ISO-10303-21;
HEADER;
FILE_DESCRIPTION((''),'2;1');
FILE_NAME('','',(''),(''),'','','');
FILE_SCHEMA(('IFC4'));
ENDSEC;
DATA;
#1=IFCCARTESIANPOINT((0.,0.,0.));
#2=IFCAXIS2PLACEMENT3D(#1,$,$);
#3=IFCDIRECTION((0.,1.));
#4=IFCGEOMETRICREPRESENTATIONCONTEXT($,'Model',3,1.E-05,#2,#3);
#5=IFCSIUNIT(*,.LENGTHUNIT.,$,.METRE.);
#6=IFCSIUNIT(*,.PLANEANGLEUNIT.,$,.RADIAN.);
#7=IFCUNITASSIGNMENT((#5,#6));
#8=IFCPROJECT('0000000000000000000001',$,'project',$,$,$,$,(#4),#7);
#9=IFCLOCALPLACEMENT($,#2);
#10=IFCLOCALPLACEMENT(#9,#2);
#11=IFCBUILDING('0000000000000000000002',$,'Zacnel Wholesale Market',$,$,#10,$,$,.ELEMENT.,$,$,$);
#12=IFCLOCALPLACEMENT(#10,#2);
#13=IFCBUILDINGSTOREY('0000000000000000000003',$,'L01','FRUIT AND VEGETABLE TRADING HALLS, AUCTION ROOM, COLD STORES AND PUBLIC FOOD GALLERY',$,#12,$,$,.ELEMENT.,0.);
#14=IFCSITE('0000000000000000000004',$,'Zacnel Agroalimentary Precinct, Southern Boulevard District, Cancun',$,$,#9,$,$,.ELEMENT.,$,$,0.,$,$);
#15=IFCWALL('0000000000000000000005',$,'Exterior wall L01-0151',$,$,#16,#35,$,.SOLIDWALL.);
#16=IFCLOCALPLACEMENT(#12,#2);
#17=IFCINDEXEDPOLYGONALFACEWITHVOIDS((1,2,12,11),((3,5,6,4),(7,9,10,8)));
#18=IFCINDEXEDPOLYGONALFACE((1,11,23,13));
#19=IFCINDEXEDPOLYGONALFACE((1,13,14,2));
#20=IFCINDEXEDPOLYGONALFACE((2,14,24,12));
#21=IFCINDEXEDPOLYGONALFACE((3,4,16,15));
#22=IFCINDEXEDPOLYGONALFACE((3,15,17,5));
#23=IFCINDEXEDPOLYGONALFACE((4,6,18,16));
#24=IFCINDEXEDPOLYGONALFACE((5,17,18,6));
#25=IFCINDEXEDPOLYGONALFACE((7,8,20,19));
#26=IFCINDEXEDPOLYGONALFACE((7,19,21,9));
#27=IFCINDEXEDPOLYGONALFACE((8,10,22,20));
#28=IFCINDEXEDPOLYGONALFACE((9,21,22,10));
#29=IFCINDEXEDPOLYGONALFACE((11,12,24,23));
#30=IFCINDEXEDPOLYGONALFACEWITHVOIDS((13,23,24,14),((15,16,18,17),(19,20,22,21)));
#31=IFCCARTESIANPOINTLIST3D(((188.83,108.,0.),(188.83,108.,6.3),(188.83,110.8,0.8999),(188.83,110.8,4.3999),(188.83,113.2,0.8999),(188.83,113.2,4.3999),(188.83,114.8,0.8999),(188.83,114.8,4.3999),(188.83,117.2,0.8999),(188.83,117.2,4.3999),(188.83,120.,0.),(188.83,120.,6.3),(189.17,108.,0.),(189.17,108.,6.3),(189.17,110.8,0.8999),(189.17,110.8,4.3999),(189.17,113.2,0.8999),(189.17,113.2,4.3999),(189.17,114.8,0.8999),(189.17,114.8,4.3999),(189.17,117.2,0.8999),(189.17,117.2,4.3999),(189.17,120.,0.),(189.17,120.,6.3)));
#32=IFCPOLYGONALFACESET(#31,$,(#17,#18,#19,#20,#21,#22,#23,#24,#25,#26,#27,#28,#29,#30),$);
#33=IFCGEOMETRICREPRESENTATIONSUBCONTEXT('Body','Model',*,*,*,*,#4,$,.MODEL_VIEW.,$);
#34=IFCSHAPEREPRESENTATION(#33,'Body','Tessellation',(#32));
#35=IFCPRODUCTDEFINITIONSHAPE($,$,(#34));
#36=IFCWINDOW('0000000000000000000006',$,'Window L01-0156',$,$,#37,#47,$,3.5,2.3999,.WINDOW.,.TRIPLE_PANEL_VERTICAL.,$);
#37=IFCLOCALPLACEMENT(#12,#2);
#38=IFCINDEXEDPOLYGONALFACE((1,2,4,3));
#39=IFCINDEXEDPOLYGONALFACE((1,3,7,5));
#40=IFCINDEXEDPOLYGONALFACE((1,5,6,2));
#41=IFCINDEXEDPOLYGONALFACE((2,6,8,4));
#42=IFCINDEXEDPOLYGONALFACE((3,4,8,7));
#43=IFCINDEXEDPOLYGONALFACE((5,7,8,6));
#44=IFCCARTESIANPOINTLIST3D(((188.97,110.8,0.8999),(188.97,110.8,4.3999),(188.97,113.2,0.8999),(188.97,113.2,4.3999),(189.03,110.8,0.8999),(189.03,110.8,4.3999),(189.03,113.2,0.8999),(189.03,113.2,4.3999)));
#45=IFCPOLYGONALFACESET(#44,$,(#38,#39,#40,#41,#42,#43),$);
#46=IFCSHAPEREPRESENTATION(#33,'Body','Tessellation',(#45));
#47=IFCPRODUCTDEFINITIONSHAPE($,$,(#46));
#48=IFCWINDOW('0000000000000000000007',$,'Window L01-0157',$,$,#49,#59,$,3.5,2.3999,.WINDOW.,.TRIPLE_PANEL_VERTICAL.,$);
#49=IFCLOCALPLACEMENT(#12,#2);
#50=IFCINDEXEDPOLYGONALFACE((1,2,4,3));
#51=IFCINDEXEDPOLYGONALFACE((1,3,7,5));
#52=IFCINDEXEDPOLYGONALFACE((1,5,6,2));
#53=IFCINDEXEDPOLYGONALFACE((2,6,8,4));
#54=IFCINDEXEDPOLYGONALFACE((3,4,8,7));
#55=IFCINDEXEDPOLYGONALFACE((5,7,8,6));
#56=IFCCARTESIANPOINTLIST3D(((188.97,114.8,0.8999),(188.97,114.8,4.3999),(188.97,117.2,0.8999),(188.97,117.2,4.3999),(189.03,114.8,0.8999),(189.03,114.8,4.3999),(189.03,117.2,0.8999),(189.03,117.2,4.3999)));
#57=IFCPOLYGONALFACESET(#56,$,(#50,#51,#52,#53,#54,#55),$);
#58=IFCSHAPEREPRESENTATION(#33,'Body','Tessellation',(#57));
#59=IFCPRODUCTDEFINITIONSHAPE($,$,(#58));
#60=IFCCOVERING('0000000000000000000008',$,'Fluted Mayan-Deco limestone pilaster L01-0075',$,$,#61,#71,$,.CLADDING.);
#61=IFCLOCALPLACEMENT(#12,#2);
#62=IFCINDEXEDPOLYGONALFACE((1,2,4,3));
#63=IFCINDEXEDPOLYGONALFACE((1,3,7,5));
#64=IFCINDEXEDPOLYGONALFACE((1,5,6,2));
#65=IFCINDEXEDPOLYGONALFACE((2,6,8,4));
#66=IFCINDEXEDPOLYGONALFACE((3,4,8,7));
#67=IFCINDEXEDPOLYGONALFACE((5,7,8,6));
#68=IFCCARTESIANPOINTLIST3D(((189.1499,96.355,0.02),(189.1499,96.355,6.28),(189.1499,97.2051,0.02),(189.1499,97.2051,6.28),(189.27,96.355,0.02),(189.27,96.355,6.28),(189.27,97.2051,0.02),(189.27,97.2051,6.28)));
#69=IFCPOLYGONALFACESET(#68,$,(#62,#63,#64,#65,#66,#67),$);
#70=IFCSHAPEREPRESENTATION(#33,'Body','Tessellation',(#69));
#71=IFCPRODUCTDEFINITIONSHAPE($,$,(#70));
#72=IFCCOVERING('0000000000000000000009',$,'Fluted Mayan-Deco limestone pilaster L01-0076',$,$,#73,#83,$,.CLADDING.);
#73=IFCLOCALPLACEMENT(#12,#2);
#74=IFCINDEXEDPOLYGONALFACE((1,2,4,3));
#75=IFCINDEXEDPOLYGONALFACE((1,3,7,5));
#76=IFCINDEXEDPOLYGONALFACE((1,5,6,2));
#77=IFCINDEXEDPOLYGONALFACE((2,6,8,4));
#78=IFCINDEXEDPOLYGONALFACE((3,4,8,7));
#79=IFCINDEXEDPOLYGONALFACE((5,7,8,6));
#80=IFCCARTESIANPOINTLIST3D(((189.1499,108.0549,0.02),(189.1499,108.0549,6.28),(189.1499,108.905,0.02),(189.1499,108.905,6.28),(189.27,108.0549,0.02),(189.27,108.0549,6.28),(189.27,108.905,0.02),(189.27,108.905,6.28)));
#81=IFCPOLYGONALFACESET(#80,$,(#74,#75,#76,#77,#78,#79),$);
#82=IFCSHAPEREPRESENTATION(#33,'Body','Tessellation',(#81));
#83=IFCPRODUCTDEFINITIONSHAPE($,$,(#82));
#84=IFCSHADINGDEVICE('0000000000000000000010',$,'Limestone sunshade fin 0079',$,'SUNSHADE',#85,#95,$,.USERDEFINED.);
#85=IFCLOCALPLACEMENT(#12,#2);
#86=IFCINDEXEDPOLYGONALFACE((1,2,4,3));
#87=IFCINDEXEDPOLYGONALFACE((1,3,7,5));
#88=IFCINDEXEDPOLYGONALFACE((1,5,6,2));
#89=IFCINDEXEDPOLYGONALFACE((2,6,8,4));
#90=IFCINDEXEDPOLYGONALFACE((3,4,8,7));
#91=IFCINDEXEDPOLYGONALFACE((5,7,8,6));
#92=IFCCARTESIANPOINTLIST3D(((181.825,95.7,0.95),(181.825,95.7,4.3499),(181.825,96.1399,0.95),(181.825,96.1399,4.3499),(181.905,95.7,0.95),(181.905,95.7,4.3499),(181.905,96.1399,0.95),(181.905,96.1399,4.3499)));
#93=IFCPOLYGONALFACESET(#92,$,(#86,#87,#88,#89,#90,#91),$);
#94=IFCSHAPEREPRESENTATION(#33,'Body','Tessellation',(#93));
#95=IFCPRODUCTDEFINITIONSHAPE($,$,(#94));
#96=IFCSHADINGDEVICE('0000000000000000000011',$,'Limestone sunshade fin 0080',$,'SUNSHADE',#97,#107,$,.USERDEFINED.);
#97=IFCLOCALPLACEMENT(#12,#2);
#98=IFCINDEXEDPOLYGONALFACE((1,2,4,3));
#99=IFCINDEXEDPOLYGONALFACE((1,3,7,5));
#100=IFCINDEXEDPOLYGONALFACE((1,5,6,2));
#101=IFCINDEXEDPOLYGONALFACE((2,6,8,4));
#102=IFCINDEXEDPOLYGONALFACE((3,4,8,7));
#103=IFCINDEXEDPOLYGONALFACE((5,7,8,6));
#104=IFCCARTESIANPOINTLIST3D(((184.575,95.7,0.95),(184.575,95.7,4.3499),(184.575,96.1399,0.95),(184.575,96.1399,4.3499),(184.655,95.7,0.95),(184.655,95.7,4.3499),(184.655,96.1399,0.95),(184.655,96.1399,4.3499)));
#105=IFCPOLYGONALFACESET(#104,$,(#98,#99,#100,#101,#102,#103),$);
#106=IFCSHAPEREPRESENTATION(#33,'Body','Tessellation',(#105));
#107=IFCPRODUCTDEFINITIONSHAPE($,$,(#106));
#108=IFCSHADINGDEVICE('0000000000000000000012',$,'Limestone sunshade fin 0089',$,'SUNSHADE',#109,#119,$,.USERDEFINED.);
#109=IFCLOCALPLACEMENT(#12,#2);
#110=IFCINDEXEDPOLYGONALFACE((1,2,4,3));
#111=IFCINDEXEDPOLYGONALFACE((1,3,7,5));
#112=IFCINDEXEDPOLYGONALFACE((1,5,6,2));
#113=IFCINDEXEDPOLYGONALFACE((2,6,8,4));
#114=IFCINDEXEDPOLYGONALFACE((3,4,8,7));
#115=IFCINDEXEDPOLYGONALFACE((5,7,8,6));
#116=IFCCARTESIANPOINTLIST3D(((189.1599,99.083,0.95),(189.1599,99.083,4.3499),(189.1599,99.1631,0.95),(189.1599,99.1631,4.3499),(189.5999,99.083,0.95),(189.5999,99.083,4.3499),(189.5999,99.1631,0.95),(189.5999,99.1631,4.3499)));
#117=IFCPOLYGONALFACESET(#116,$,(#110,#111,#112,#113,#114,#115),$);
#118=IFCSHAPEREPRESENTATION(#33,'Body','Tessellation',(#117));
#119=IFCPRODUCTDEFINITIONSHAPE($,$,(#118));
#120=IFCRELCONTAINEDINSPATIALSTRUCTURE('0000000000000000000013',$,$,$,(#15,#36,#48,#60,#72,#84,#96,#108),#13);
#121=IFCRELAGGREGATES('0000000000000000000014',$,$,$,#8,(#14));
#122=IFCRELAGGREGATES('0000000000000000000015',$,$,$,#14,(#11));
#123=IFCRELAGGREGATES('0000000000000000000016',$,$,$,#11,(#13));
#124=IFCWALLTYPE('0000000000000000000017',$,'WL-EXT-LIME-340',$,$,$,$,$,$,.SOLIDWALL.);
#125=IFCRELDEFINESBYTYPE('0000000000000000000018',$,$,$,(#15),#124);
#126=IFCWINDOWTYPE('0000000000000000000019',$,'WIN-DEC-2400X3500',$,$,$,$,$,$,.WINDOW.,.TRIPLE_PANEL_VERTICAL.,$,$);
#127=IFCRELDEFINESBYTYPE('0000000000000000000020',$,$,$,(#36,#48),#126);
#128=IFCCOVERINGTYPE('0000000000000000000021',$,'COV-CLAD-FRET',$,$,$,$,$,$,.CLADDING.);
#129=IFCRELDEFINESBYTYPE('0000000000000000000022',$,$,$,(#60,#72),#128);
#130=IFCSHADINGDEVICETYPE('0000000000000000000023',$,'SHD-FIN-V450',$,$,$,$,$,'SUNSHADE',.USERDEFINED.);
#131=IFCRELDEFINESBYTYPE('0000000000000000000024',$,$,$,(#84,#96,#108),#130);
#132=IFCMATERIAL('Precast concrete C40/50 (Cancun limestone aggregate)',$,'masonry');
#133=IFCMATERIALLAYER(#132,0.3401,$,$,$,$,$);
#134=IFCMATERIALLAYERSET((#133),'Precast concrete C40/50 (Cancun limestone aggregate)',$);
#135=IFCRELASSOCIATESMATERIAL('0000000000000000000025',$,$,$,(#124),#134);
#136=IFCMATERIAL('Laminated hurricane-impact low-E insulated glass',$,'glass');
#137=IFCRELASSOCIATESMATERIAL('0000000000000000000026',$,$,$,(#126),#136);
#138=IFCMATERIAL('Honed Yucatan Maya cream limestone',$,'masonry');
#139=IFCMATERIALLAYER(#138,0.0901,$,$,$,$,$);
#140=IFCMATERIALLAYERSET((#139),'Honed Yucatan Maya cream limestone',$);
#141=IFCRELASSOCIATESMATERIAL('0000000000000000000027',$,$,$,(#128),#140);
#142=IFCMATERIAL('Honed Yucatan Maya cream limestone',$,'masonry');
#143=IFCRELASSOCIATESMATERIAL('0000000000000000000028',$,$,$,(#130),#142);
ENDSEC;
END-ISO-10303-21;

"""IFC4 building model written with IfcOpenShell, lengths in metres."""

from ifc_helpers import new_model, si_unit, direction, frame, frame_2d, origin, origin_2d, place, context, subcontext, project, spatial, rectangle, extrude, material, layer, layer_set, type_object, element, fill, save


model = new_model("IFC4")

# Units and contexts
model_context = context("Model", 3, precision=1e-05, world=origin(), true_north=direction((0.0, 1.0)))
body_context = subcontext(model_context, "Body", "Model", "MODEL_VIEW")
ifc_project = project(units=[si_unit("LENGTHUNIT", "METRE"), si_unit("PLANEANGLEUNIT", "RADIAN")], contexts=[model_context])

# Site, building, storey
site_placement = place(None, origin())
site = spatial("IfcSite", under=ifc_project, at=site_placement, Name="Zacnel Agroalimentary Precinct, Southern Boulevard District, Cancun", CompositionType="ELEMENT", RefElevation=0.0)
building_placement = place(site_placement, origin())
building = spatial("IfcBuilding", under=site, at=building_placement, Name="Zacnel Wholesale Market", CompositionType="ELEMENT")
storey_placement = place(building_placement, origin())
storey = spatial("IfcBuildingStorey", under=building, at=storey_placement, Name="L01", Description="FRUIT AND VEGETABLE TRADING HALLS, AUCTION ROOM, COLD STORES AND PUBLIC FOOD GALLERY", CompositionType="ELEMENT", Elevation=0.0)

# Wall, openings, windows
ifc_material_1 = material(Name="Precast concrete C40/50 (Cancun limestone aggregate)", Category="masonry")
ifc_layer_1 = layer(ifc_material_1, 0.3401)
ifc_layer_set_1 = layer_set([ifc_layer_1], Name="Precast concrete C40/50 (Cancun limestone aggregate)")
wall_type = type_object("IfcWallType", Name="WL-EXT-LIME-340", PredefinedType="SOLIDWALL", material=ifc_layer_set_1)
ifc_material_2 = material(Name="Laminated hurricane-impact low-E insulated glass", Category="glass")
window_type = type_object("IfcWindowType", Name="WIN-DEC-2400X3500", PartitioningType="TRIPLE_PANEL_VERTICAL", PredefinedType="WINDOW", material=ifc_material_2)
wall_1_placement = place(storey_placement, frame((189.0, 108.0, 0.0), z_axis=(0.0, 0.0, 1.0), x_axis=(0.0, 1.0, 0.0)))
wall_1 = element("IfcWall", 1, at=wall_1_placement, inside=storey, type_object=wall_type, Name="Exterior wall L01-0151", PredefinedType="SOLIDWALL", context=body_context, shape_type="SweptSolid", body=[
    extrude(rectangle(XDim=12.0, YDim=0.3401, at=frame_2d((6.0, 0.0))), origin(), (0.0, 0.0, 1.0), 6.3),
])
opening_1_placement = place(wall_1_placement, frame((2.8, 0.0, 0.8999)))
opening_1 = element("IfcOpeningElement", 2, at=opening_1_placement, cuts=wall_1, PredefinedType="OPENING", context=body_context, shape_type="SweptSolid", body=[
    extrude(rectangle(XDim=2.3999, YDim=3.5, at=frame_2d((1.2, 1.75))), frame((0.0, 0.1799, 0.0), z_axis=(0.0, -1.0, 0.0), x_axis=(1.0, 0.0, 0.0)), (0.0, 0.0, 1.0), 0.3601),
])
opening_2_placement = place(wall_1_placement, frame((6.8, 0.0, 0.8999)))
opening_2 = element("IfcOpeningElement", 3, at=opening_2_placement, cuts=wall_1, PredefinedType="OPENING", context=body_context, shape_type="SweptSolid", body=[
    extrude(rectangle(XDim=2.3999, YDim=3.5, at=frame_2d((1.2, 1.75))), frame((0.0, 0.1799, 0.0), z_axis=(0.0, -1.0, 0.0), x_axis=(1.0, 0.0, 0.0)), (0.0, 0.0, 1.0), 0.3601),
])
window_1_placement = place(opening_1_placement, origin())
window_1 = element("IfcWindow", 4, at=window_1_placement, inside=storey, type_object=window_type, Name="Window L01-0156", OverallHeight=3.5, OverallWidth=2.3999, PartitioningType="TRIPLE_PANEL_VERTICAL", PredefinedType="WINDOW", context=body_context, shape_type="SweptSolid", body=[
    extrude(rectangle(XDim=2.3999, YDim=3.5, at=frame_2d((1.2, 1.75))), frame((0.0, 0.03, 0.0), z_axis=(0.0, -1.0, 0.0), x_axis=(1.0, 0.0, 0.0)), (0.0, 0.0, 1.0), 0.0601),
])
fill(opening_1, window_1)
window_2_placement = place(opening_2_placement, origin())
window_2 = element("IfcWindow", 5, at=window_2_placement, inside=storey, type_object=window_type, Name="Window L01-0157", OverallHeight=3.5, OverallWidth=2.3999, PartitioningType="TRIPLE_PANEL_VERTICAL", PredefinedType="WINDOW", context=body_context, shape_type="SweptSolid", body=[
    extrude(rectangle(XDim=2.3999, YDim=3.5, at=frame_2d((1.2, 1.75))), frame((0.0, 0.03, 0.0), z_axis=(0.0, -1.0, 0.0), x_axis=(1.0, 0.0, 0.0)), (0.0, 0.0, 1.0), 0.0601),
])
fill(opening_2, window_2)

# Coverings
ifc_material_3 = material(Name="Honed Yucatan Maya cream limestone", Category="masonry")
ifc_layer_2 = layer(ifc_material_3, 0.0901)
ifc_layer_set_2 = layer_set([ifc_layer_2], Name="Honed Yucatan Maya cream limestone")
covering_type = type_object("IfcCoveringType", Name="COV-CLAD-FRET", PredefinedType="CLADDING", material=ifc_layer_set_2)
for number, where, z_axis, x_axis, name in (
    (6, (189.21, 96.78, 0.02), (0.0, 0.0, 1.0), (0.0, 1.0, 0.0), "Fluted Mayan-Deco limestone pilaster L01-0075"),
    (7, (189.21, 108.48, 0.02), (0.0, 0.0, 1.0), (0.0, 1.0, 0.0), "Fluted Mayan-Deco limestone pilaster L01-0076"),
):
    element("IfcCovering", number, at=place(storey_placement, frame(where, z_axis=z_axis, x_axis=x_axis)), inside=storey, type_object=covering_type, Name=name, PredefinedType="CLADDING", context=body_context, shape_type="SweptSolid", body=[
        extrude(rectangle(XDim=0.8501, YDim=0.1201, at=origin_2d()), origin(), (0.0, 0.0, 1.0), 6.26),
    ])

# Shading devices
ifc_material_4 = material(Name="Honed Yucatan Maya cream limestone", Category="masonry")
shading_device_type = type_object("IfcShadingDeviceType", Name="SHD-FIN-V450", ElementType="SUNSHADE", PredefinedType="USERDEFINED", material=ifc_material_4)
for number, where, z_axis, x_axis, name in (
    (8, (181.865, 95.9199, 0.95), (0.0, 0.0, 1.0), (1.0, 0.0, 0.0), "Limestone sunshade fin 0079"),
    (9, (184.615, 95.9199, 0.95), (0.0, 0.0, 1.0), (1.0, 0.0, 0.0), "Limestone sunshade fin 0080"),
    (10, (189.3799, 99.123, 0.95), (0.0, 0.0, 1.0), (0.0, 1.0, 0.0), "Limestone sunshade fin 0089"),
):
    element("IfcShadingDevice", number, at=place(storey_placement, frame(where, z_axis=z_axis, x_axis=x_axis)), inside=storey, type_object=shading_device_type, Name=name, ObjectType="SUNSHADE", PredefinedType="USERDEFINED", context=body_context, shape_type="SweptSolid", body=[
        extrude(rectangle(XDim=0.0801, YDim=0.4399, at=origin_2d()), origin(), (0.0, 0.0, 1.0), 3.3999),
    ])

save(model, "model.ifc")
